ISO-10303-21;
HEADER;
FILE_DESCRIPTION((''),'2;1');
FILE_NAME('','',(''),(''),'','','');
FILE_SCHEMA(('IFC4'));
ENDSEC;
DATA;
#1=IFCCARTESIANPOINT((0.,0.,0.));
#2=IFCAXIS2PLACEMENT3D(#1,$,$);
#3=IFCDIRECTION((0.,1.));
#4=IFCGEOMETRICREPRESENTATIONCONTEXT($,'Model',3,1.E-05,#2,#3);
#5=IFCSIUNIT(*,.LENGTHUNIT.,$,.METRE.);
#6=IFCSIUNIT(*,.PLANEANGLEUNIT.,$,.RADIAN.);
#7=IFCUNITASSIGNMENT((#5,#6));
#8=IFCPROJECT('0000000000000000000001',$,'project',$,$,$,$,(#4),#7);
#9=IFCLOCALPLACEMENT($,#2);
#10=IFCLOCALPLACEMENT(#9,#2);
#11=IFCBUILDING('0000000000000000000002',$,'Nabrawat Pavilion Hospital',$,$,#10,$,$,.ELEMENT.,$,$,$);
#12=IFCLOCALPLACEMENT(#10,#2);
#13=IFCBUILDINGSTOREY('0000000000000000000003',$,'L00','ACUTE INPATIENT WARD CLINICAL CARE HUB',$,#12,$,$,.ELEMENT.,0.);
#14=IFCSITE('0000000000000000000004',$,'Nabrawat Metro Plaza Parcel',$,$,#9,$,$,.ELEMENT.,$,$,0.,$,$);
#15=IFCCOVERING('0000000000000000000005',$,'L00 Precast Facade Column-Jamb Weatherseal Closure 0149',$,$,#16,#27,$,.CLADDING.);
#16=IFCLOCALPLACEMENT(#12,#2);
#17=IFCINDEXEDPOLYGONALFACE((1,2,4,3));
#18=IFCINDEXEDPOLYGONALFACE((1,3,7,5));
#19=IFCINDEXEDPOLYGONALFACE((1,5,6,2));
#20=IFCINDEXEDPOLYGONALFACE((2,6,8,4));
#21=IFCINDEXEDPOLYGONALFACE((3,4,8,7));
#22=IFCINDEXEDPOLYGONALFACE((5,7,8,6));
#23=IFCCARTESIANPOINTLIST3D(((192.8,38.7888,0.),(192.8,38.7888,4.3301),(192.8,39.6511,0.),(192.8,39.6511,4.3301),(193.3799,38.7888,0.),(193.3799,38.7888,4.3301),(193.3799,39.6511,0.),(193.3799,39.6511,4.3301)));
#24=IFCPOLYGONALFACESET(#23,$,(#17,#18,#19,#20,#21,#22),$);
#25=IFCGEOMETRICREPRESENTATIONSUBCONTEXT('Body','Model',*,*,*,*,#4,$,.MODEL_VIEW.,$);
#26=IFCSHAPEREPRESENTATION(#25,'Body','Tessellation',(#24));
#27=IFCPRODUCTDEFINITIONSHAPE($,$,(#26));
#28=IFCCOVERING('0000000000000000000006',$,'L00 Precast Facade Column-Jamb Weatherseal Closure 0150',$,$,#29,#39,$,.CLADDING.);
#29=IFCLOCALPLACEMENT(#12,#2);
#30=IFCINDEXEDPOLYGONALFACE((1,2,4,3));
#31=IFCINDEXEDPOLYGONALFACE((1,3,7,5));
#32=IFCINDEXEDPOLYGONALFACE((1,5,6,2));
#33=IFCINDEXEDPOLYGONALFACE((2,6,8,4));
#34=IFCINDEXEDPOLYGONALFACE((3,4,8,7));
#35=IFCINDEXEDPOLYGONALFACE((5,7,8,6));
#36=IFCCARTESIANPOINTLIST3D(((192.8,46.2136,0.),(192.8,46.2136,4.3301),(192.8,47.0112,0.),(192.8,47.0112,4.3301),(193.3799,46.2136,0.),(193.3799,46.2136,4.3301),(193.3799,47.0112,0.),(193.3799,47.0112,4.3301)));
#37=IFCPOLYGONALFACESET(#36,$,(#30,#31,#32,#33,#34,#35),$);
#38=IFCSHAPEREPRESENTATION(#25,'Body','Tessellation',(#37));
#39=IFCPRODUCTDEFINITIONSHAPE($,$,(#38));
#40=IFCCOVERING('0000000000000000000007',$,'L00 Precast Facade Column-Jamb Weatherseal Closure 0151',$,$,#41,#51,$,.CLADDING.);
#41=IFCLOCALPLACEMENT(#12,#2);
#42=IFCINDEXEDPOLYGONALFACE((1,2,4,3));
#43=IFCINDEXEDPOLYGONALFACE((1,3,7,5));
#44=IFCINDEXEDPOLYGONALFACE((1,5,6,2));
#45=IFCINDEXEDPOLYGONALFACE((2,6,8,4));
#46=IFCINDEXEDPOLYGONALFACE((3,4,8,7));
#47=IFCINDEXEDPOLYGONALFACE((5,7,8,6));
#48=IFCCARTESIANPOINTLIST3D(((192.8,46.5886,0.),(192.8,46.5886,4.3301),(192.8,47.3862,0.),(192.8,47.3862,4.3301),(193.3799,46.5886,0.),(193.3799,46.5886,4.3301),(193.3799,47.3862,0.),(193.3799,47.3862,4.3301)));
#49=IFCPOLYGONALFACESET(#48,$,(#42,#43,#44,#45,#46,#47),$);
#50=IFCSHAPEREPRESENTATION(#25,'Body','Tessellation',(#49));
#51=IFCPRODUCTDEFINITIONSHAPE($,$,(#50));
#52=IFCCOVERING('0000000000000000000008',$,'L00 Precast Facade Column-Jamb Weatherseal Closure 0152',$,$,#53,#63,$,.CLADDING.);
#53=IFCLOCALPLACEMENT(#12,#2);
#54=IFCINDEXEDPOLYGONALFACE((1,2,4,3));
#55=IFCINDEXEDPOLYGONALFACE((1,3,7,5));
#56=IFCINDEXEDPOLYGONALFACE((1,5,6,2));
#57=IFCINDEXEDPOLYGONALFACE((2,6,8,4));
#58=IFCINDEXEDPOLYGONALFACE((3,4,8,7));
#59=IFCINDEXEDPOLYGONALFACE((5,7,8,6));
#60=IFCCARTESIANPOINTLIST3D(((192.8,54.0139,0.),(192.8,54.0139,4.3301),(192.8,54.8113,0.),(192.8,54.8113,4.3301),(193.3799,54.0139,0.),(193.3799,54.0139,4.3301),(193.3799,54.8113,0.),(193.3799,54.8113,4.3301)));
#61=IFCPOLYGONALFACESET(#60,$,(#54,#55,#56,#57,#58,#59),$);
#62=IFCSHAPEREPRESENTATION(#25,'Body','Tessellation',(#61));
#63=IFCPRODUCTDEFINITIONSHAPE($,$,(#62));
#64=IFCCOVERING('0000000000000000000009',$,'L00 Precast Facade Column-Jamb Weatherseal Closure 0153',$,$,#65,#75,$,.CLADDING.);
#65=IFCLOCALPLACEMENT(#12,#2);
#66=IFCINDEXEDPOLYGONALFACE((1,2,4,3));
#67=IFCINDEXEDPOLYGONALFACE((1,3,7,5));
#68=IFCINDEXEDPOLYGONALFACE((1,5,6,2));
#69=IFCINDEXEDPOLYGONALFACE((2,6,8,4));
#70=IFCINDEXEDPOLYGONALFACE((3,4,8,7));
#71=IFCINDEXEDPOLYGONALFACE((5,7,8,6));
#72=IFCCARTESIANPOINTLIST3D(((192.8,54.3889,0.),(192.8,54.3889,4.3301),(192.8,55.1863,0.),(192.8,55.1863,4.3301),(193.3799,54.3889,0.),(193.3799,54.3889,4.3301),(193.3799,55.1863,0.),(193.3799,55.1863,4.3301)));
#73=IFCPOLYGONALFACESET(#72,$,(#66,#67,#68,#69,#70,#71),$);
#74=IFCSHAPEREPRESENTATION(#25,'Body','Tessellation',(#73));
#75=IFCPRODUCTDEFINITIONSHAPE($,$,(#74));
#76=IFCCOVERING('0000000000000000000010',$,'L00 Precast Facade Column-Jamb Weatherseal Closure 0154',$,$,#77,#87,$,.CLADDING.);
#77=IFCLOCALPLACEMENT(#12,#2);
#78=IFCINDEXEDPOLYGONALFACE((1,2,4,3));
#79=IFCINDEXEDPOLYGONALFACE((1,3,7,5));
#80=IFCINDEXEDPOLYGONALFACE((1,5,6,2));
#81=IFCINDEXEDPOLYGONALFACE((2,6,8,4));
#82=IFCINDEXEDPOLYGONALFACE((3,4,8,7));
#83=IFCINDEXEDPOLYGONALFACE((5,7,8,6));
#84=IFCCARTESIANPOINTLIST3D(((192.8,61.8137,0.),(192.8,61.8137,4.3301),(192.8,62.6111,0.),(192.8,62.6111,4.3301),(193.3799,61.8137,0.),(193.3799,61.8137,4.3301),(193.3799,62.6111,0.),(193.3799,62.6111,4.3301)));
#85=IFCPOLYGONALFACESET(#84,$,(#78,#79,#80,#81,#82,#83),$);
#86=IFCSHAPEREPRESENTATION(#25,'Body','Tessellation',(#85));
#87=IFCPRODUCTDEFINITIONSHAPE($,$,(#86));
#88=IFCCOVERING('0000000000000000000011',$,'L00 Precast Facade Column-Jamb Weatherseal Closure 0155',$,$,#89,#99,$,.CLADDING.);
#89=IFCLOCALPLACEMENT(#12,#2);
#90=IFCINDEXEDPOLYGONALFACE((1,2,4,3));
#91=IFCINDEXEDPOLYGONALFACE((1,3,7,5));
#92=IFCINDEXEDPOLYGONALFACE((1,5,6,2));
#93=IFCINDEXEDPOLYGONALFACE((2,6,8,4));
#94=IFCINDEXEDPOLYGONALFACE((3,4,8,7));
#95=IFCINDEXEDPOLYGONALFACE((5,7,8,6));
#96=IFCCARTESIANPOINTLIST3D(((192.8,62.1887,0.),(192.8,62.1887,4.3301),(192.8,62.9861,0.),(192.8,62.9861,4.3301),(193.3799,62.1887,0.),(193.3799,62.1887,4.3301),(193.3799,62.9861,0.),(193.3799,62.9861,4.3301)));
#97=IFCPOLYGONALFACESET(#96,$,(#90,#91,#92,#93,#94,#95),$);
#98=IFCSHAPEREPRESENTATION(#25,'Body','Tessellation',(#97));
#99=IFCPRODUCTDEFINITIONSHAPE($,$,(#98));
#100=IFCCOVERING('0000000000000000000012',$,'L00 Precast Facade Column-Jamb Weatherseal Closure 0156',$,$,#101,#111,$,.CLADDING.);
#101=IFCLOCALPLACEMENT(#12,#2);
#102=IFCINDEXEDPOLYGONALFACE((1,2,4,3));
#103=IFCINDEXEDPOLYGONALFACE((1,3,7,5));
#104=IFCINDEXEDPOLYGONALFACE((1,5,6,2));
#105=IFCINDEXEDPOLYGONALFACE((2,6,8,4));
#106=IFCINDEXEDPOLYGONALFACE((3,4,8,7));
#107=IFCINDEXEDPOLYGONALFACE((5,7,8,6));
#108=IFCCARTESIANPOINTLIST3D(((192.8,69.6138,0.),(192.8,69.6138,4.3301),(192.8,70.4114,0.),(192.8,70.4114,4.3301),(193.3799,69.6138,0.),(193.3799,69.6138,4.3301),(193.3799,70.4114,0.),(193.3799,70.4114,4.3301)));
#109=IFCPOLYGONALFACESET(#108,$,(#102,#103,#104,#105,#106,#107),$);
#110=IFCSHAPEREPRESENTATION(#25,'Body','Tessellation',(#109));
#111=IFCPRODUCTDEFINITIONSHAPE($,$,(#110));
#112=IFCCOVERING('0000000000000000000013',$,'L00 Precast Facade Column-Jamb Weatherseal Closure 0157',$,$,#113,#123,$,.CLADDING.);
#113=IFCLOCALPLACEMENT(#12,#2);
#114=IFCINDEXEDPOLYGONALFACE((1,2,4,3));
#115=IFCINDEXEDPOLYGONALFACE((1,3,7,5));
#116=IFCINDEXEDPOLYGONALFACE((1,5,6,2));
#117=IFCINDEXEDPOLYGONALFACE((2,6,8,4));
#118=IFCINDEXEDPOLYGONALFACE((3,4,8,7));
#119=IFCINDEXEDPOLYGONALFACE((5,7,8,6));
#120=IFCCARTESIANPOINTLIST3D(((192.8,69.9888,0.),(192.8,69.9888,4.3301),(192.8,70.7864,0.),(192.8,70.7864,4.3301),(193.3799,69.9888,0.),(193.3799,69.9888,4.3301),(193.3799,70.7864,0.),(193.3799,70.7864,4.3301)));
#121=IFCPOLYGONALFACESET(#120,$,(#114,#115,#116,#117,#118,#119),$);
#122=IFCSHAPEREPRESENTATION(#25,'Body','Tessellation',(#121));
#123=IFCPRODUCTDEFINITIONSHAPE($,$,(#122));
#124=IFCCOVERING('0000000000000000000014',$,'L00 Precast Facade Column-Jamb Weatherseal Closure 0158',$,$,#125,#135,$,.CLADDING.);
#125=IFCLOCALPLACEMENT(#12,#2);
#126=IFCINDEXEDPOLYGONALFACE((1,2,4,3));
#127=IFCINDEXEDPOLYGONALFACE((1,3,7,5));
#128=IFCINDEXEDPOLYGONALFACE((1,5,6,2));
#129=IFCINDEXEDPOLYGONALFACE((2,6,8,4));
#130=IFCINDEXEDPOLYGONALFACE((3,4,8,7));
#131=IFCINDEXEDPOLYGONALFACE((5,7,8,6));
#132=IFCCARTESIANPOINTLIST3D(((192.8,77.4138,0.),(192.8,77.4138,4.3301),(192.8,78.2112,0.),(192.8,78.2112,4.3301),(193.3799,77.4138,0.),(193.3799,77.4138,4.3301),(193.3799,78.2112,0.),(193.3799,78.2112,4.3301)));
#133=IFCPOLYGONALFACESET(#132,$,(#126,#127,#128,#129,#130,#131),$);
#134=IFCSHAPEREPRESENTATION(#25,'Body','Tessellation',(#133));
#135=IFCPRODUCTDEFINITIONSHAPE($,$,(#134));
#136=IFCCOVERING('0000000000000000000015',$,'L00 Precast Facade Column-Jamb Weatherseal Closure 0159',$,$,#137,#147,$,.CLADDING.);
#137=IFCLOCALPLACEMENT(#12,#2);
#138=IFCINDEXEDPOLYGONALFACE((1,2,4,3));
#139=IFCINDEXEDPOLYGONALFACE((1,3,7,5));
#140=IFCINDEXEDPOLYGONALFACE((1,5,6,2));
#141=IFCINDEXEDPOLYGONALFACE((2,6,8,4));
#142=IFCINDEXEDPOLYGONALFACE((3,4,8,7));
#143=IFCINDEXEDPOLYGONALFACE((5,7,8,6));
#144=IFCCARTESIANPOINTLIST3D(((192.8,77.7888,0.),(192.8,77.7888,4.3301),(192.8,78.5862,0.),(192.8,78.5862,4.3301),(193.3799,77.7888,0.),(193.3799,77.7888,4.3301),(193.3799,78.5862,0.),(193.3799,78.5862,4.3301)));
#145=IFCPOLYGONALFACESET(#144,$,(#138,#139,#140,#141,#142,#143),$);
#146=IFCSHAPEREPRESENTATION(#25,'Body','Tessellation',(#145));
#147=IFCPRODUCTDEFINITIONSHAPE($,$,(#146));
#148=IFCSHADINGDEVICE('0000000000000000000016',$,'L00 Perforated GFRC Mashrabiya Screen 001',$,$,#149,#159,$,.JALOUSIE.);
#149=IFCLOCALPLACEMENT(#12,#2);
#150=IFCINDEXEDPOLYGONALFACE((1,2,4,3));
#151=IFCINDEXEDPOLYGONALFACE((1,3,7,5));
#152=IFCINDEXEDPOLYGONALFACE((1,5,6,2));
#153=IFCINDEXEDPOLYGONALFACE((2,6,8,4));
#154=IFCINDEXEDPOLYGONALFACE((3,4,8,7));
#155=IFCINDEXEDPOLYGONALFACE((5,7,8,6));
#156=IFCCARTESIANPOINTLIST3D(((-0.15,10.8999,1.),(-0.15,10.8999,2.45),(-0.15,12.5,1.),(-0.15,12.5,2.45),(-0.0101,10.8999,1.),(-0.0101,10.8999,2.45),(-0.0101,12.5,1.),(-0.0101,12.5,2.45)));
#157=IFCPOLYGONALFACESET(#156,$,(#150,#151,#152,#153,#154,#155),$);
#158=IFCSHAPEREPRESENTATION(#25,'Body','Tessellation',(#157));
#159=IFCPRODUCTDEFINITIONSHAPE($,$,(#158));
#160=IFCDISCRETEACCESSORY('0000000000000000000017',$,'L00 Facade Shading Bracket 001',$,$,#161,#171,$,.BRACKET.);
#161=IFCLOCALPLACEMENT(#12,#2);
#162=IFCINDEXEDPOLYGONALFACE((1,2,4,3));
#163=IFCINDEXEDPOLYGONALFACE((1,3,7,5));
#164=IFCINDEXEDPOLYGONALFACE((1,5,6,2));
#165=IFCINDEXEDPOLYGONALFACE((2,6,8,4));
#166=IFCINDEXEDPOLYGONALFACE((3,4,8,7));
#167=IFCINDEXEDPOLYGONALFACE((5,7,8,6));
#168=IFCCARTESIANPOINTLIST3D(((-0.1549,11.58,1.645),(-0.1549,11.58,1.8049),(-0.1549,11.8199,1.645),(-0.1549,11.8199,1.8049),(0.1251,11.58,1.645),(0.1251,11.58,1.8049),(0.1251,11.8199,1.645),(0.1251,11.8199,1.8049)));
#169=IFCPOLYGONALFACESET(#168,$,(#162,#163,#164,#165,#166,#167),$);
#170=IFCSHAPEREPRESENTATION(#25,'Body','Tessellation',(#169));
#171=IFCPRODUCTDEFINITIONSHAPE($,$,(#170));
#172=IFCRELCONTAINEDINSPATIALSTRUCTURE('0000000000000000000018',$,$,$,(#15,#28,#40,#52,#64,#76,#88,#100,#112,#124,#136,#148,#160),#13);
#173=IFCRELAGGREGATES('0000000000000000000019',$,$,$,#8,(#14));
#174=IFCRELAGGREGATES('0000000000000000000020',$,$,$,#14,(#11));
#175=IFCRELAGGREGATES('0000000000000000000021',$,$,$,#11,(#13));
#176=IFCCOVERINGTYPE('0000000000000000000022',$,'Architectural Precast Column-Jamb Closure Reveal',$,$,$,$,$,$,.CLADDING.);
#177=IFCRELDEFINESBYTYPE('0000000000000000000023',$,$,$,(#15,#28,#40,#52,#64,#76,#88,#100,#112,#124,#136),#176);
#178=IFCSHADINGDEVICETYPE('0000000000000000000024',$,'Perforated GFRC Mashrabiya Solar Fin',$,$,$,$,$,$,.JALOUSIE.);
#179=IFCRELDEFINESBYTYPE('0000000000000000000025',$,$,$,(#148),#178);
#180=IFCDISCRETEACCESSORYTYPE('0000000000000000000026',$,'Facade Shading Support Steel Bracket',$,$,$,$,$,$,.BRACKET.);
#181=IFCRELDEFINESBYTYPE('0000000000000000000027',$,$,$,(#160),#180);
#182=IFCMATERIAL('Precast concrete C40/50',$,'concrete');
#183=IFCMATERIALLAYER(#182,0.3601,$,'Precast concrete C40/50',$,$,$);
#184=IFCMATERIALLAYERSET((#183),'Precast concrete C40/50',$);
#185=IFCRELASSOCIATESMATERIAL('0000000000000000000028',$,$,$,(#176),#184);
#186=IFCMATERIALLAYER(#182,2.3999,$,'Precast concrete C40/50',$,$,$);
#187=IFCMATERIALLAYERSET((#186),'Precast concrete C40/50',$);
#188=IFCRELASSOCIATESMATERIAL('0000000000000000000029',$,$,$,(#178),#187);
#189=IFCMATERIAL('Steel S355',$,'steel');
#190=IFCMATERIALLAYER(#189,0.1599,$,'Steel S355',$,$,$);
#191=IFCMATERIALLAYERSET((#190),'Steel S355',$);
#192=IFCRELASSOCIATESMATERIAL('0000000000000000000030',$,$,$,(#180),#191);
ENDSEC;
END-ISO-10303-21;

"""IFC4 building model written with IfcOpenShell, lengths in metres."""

from ifc_helpers import new_model, si_unit, direction, frame, origin, origin_2d, place, context, subcontext, project, spatial, polyline, rectangle, outline, extrude, material, layer, layer_set, type_object, element, save


model = new_model("IFC4")

# Units and contexts
model_context = context("Model", 3, precision=1e-05, world=origin(), true_north=direction((0.0, 1.0)))
body_context = subcontext(model_context, "Body", "Model", "MODEL_VIEW")
ifc_project = project(units=[si_unit("LENGTHUNIT", "METRE"), si_unit("PLANEANGLEUNIT", "RADIAN")], contexts=[model_context])

# Site, building, storey
site_placement = place(None, origin())
site = spatial("IfcSite", under=ifc_project, at=site_placement, Name="Nabrawat Metro Plaza Parcel", CompositionType="ELEMENT", RefElevation=0.0)
building_placement = place(site_placement, origin())
building = spatial("IfcBuilding", under=site, at=building_placement, Name="Nabrawat Pavilion Hospital", CompositionType="ELEMENT")
storey_placement = place(building_placement, origin())
storey = spatial("IfcBuildingStorey", under=building, at=storey_placement, Name="L00", Description="ACUTE INPATIENT WARD CLINICAL CARE HUB", CompositionType="ELEMENT", Elevation=0.0)

# Shared definitions
ifc_material_1 = material(Name="Precast concrete C40/50", Category="concrete")

# Coverings
ifc_layer_1 = layer(ifc_material_1, 0.3601, Name="Precast concrete C40/50")
ifc_layer_set_1 = layer_set([ifc_layer_1], Name="Precast concrete C40/50")
covering_type = type_object("IfcCoveringType", Name="Architectural Precast Column-Jamb Closure Reveal", PredefinedType="CLADDING", material=ifc_layer_set_1)
covering_1_placement = place(storey_placement, origin())
element("IfcCovering", 1, at=covering_1_placement, inside=storey, type_object=covering_type, Name="L00 Precast Facade Column-Jamb Weatherseal Closure 0149", PredefinedType="CLADDING", context=body_context, shape_type="SweptSolid", body=[
    extrude(outline(polyline([(193.3799, 38.7888), (193.3799, 39.6511), (192.8, 39.6511), (192.8, 38.7888), (193.3799, 38.7888)])), origin(), (0.0, 0.0, 1.0), 4.3301),
])
covering_2_placement = place(storey_placement, origin())
element("IfcCovering", 2, at=covering_2_placement, inside=storey, type_object=covering_type, Name="L00 Precast Facade Column-Jamb Weatherseal Closure 0150", PredefinedType="CLADDING", context=body_context, shape_type="SweptSolid", body=[
    extrude(outline(polyline([(193.3799, 46.2136), (193.3799, 47.0112), (192.8, 47.0112), (192.8, 46.2136), (193.3799, 46.2136)])), origin(), (0.0, 0.0, 1.0), 4.3301),
])
covering_3_placement = place(storey_placement, origin())
element("IfcCovering", 3, at=covering_3_placement, inside=storey, type_object=covering_type, Name="L00 Precast Facade Column-Jamb Weatherseal Closure 0151", PredefinedType="CLADDING", context=body_context, shape_type="SweptSolid", body=[
    extrude(outline(polyline([(193.3799, 46.5886), (193.3799, 47.3862), (192.8, 47.3862), (192.8, 46.5886), (193.3799, 46.5886)])), origin(), (0.0, 0.0, 1.0), 4.3301),
])
covering_4_placement = place(storey_placement, origin())
element("IfcCovering", 4, at=covering_4_placement, inside=storey, type_object=covering_type, Name="L00 Precast Facade Column-Jamb Weatherseal Closure 0152", PredefinedType="CLADDING", context=body_context, shape_type="SweptSolid", body=[
    extrude(outline(polyline([(193.3799, 54.0139), (193.3799, 54.8113), (192.8, 54.8113), (192.8, 54.0139), (193.3799, 54.0139)])), origin(), (0.0, 0.0, 1.0), 4.3301),
])
covering_5_placement = place(storey_placement, origin())
element("IfcCovering", 5, at=covering_5_placement, inside=storey, type_object=covering_type, Name="L00 Precast Facade Column-Jamb Weatherseal Closure 0153", PredefinedType="CLADDING", context=body_context, shape_type="SweptSolid", body=[
    extrude(outline(polyline([(193.3799, 54.3889), (193.3799, 55.1863), (192.8, 55.1863), (192.8, 54.3889), (193.3799, 54.3889)])), origin(), (0.0, 0.0, 1.0), 4.3301),
])
covering_6_placement = place(storey_placement, origin())
element("IfcCovering", 6, at=covering_6_placement, inside=storey, type_object=covering_type, Name="L00 Precast Facade Column-Jamb Weatherseal Closure 0154", PredefinedType="CLADDING", context=body_context, shape_type="SweptSolid", body=[
    extrude(outline(polyline([(193.3799, 61.8137), (193.3799, 62.6111), (192.8, 62.6111), (192.8, 61.8137), (193.3799, 61.8137)])), origin(), (0.0, 0.0, 1.0), 4.3301),
])
covering_7_placement = place(storey_placement, origin())
element("IfcCovering", 7, at=covering_7_placement, inside=storey, type_object=covering_type, Name="L00 Precast Facade Column-Jamb Weatherseal Closure 0155", PredefinedType="CLADDING", context=body_context, shape_type="SweptSolid", body=[
    extrude(outline(polyline([(193.3799, 62.1887), (193.3799, 62.9861), (192.8, 62.9861), (192.8, 62.1887), (193.3799, 62.1887)])), origin(), (0.0, 0.0, 1.0), 4.3301),
])
covering_8_placement = place(storey_placement, origin())
element("IfcCovering", 8, at=covering_8_placement, inside=storey, type_object=covering_type, Name="L00 Precast Facade Column-Jamb Weatherseal Closure 0156", PredefinedType="CLADDING", context=body_context, shape_type="SweptSolid", body=[
    extrude(outline(polyline([(193.3799, 69.6138), (193.3799, 70.4114), (192.8, 70.4114), (192.8, 69.6138), (193.3799, 69.6138)])), origin(), (0.0, 0.0, 1.0), 4.3301),
])
covering_9_placement = place(storey_placement, origin())
element("IfcCovering", 9, at=covering_9_placement, inside=storey, type_object=covering_type, Name="L00 Precast Facade Column-Jamb Weatherseal Closure 0157", PredefinedType="CLADDING", context=body_context, shape_type="SweptSolid", body=[
    extrude(outline(polyline([(193.3799, 69.9888), (193.3799, 70.7864), (192.8, 70.7864), (192.8, 69.9888), (193.3799, 69.9888)])), origin(), (0.0, 0.0, 1.0), 4.3301),
])
covering_10_placement = place(storey_placement, origin())
element("IfcCovering", 10, at=covering_10_placement, inside=storey, type_object=covering_type, Name="L00 Precast Facade Column-Jamb Weatherseal Closure 0158", PredefinedType="CLADDING", context=body_context, shape_type="SweptSolid", body=[
    extrude(outline(polyline([(193.3799, 77.4138), (193.3799, 78.2112), (192.8, 78.2112), (192.8, 77.4138), (193.3799, 77.4138)])), origin(), (0.0, 0.0, 1.0), 4.3301),
])
covering_11_placement = place(storey_placement, origin())
element("IfcCovering", 11, at=covering_11_placement, inside=storey, type_object=covering_type, Name="L00 Precast Facade Column-Jamb Weatherseal Closure 0159", PredefinedType="CLADDING", context=body_context, shape_type="SweptSolid", body=[
    extrude(outline(polyline([(193.3799, 77.7888), (193.3799, 78.5862), (192.8, 78.5862), (192.8, 77.7888), (193.3799, 77.7888)])), origin(), (0.0, 0.0, 1.0), 4.3301),
])

# Shading device
ifc_layer_2 = layer(ifc_material_1, 2.3999, Name="Precast concrete C40/50")
ifc_layer_set_2 = layer_set([ifc_layer_2], Name="Precast concrete C40/50")
shading_device_type = type_object("IfcShadingDeviceType", Name="Perforated GFRC Mashrabiya Solar Fin", PredefinedType="JALOUSIE", material=ifc_layer_set_2)
shading_device_placement = place(storey_placement, frame((-0.0801, 11.7, 1.0), z_axis=(0.0, 0.0, 1.0), x_axis=(0.0, 1.0, 0.0)))
element("IfcShadingDevice", 12, at=shading_device_placement, inside=storey, type_object=shading_device_type, Name="L00 Perforated GFRC Mashrabiya Screen 001", PredefinedType="JALOUSIE", context=body_context, shape_type="SweptSolid", body=[
    extrude(rectangle(XDim=1.6001, YDim=0.1399, at=origin_2d()), origin(), (0.0, 0.0, 1.0), 1.45),
])

# Discrete accessory
ifc_material_2 = material(Name="Steel S355", Category="steel")
ifc_layer_3 = layer(ifc_material_2, 0.1599, Name="Steel S355")
ifc_layer_set_3 = layer_set([ifc_layer_3], Name="Steel S355")
discrete_accessory_type = type_object("IfcDiscreteAccessoryType", Name="Facade Shading Support Steel Bracket", PredefinedType="BRACKET", material=ifc_layer_set_3)
discrete_accessory_placement = place(storey_placement, frame((-0.0149, 11.7, 1.645), z_axis=(0.0, 0.0, 1.0), x_axis=(0.0, 1.0, 0.0)))
element("IfcDiscreteAccessory", 13, at=discrete_accessory_placement, inside=storey, type_object=discrete_accessory_type, Name="L00 Facade Shading Bracket 001", PredefinedType="BRACKET", context=body_context, shape_type="SweptSolid", body=[
    extrude(rectangle(XDim=0.24, YDim=0.28, at=origin_2d()), origin(), (0.0, 0.0, 1.0), 0.1599),
])

save(model, "model.ifc")
